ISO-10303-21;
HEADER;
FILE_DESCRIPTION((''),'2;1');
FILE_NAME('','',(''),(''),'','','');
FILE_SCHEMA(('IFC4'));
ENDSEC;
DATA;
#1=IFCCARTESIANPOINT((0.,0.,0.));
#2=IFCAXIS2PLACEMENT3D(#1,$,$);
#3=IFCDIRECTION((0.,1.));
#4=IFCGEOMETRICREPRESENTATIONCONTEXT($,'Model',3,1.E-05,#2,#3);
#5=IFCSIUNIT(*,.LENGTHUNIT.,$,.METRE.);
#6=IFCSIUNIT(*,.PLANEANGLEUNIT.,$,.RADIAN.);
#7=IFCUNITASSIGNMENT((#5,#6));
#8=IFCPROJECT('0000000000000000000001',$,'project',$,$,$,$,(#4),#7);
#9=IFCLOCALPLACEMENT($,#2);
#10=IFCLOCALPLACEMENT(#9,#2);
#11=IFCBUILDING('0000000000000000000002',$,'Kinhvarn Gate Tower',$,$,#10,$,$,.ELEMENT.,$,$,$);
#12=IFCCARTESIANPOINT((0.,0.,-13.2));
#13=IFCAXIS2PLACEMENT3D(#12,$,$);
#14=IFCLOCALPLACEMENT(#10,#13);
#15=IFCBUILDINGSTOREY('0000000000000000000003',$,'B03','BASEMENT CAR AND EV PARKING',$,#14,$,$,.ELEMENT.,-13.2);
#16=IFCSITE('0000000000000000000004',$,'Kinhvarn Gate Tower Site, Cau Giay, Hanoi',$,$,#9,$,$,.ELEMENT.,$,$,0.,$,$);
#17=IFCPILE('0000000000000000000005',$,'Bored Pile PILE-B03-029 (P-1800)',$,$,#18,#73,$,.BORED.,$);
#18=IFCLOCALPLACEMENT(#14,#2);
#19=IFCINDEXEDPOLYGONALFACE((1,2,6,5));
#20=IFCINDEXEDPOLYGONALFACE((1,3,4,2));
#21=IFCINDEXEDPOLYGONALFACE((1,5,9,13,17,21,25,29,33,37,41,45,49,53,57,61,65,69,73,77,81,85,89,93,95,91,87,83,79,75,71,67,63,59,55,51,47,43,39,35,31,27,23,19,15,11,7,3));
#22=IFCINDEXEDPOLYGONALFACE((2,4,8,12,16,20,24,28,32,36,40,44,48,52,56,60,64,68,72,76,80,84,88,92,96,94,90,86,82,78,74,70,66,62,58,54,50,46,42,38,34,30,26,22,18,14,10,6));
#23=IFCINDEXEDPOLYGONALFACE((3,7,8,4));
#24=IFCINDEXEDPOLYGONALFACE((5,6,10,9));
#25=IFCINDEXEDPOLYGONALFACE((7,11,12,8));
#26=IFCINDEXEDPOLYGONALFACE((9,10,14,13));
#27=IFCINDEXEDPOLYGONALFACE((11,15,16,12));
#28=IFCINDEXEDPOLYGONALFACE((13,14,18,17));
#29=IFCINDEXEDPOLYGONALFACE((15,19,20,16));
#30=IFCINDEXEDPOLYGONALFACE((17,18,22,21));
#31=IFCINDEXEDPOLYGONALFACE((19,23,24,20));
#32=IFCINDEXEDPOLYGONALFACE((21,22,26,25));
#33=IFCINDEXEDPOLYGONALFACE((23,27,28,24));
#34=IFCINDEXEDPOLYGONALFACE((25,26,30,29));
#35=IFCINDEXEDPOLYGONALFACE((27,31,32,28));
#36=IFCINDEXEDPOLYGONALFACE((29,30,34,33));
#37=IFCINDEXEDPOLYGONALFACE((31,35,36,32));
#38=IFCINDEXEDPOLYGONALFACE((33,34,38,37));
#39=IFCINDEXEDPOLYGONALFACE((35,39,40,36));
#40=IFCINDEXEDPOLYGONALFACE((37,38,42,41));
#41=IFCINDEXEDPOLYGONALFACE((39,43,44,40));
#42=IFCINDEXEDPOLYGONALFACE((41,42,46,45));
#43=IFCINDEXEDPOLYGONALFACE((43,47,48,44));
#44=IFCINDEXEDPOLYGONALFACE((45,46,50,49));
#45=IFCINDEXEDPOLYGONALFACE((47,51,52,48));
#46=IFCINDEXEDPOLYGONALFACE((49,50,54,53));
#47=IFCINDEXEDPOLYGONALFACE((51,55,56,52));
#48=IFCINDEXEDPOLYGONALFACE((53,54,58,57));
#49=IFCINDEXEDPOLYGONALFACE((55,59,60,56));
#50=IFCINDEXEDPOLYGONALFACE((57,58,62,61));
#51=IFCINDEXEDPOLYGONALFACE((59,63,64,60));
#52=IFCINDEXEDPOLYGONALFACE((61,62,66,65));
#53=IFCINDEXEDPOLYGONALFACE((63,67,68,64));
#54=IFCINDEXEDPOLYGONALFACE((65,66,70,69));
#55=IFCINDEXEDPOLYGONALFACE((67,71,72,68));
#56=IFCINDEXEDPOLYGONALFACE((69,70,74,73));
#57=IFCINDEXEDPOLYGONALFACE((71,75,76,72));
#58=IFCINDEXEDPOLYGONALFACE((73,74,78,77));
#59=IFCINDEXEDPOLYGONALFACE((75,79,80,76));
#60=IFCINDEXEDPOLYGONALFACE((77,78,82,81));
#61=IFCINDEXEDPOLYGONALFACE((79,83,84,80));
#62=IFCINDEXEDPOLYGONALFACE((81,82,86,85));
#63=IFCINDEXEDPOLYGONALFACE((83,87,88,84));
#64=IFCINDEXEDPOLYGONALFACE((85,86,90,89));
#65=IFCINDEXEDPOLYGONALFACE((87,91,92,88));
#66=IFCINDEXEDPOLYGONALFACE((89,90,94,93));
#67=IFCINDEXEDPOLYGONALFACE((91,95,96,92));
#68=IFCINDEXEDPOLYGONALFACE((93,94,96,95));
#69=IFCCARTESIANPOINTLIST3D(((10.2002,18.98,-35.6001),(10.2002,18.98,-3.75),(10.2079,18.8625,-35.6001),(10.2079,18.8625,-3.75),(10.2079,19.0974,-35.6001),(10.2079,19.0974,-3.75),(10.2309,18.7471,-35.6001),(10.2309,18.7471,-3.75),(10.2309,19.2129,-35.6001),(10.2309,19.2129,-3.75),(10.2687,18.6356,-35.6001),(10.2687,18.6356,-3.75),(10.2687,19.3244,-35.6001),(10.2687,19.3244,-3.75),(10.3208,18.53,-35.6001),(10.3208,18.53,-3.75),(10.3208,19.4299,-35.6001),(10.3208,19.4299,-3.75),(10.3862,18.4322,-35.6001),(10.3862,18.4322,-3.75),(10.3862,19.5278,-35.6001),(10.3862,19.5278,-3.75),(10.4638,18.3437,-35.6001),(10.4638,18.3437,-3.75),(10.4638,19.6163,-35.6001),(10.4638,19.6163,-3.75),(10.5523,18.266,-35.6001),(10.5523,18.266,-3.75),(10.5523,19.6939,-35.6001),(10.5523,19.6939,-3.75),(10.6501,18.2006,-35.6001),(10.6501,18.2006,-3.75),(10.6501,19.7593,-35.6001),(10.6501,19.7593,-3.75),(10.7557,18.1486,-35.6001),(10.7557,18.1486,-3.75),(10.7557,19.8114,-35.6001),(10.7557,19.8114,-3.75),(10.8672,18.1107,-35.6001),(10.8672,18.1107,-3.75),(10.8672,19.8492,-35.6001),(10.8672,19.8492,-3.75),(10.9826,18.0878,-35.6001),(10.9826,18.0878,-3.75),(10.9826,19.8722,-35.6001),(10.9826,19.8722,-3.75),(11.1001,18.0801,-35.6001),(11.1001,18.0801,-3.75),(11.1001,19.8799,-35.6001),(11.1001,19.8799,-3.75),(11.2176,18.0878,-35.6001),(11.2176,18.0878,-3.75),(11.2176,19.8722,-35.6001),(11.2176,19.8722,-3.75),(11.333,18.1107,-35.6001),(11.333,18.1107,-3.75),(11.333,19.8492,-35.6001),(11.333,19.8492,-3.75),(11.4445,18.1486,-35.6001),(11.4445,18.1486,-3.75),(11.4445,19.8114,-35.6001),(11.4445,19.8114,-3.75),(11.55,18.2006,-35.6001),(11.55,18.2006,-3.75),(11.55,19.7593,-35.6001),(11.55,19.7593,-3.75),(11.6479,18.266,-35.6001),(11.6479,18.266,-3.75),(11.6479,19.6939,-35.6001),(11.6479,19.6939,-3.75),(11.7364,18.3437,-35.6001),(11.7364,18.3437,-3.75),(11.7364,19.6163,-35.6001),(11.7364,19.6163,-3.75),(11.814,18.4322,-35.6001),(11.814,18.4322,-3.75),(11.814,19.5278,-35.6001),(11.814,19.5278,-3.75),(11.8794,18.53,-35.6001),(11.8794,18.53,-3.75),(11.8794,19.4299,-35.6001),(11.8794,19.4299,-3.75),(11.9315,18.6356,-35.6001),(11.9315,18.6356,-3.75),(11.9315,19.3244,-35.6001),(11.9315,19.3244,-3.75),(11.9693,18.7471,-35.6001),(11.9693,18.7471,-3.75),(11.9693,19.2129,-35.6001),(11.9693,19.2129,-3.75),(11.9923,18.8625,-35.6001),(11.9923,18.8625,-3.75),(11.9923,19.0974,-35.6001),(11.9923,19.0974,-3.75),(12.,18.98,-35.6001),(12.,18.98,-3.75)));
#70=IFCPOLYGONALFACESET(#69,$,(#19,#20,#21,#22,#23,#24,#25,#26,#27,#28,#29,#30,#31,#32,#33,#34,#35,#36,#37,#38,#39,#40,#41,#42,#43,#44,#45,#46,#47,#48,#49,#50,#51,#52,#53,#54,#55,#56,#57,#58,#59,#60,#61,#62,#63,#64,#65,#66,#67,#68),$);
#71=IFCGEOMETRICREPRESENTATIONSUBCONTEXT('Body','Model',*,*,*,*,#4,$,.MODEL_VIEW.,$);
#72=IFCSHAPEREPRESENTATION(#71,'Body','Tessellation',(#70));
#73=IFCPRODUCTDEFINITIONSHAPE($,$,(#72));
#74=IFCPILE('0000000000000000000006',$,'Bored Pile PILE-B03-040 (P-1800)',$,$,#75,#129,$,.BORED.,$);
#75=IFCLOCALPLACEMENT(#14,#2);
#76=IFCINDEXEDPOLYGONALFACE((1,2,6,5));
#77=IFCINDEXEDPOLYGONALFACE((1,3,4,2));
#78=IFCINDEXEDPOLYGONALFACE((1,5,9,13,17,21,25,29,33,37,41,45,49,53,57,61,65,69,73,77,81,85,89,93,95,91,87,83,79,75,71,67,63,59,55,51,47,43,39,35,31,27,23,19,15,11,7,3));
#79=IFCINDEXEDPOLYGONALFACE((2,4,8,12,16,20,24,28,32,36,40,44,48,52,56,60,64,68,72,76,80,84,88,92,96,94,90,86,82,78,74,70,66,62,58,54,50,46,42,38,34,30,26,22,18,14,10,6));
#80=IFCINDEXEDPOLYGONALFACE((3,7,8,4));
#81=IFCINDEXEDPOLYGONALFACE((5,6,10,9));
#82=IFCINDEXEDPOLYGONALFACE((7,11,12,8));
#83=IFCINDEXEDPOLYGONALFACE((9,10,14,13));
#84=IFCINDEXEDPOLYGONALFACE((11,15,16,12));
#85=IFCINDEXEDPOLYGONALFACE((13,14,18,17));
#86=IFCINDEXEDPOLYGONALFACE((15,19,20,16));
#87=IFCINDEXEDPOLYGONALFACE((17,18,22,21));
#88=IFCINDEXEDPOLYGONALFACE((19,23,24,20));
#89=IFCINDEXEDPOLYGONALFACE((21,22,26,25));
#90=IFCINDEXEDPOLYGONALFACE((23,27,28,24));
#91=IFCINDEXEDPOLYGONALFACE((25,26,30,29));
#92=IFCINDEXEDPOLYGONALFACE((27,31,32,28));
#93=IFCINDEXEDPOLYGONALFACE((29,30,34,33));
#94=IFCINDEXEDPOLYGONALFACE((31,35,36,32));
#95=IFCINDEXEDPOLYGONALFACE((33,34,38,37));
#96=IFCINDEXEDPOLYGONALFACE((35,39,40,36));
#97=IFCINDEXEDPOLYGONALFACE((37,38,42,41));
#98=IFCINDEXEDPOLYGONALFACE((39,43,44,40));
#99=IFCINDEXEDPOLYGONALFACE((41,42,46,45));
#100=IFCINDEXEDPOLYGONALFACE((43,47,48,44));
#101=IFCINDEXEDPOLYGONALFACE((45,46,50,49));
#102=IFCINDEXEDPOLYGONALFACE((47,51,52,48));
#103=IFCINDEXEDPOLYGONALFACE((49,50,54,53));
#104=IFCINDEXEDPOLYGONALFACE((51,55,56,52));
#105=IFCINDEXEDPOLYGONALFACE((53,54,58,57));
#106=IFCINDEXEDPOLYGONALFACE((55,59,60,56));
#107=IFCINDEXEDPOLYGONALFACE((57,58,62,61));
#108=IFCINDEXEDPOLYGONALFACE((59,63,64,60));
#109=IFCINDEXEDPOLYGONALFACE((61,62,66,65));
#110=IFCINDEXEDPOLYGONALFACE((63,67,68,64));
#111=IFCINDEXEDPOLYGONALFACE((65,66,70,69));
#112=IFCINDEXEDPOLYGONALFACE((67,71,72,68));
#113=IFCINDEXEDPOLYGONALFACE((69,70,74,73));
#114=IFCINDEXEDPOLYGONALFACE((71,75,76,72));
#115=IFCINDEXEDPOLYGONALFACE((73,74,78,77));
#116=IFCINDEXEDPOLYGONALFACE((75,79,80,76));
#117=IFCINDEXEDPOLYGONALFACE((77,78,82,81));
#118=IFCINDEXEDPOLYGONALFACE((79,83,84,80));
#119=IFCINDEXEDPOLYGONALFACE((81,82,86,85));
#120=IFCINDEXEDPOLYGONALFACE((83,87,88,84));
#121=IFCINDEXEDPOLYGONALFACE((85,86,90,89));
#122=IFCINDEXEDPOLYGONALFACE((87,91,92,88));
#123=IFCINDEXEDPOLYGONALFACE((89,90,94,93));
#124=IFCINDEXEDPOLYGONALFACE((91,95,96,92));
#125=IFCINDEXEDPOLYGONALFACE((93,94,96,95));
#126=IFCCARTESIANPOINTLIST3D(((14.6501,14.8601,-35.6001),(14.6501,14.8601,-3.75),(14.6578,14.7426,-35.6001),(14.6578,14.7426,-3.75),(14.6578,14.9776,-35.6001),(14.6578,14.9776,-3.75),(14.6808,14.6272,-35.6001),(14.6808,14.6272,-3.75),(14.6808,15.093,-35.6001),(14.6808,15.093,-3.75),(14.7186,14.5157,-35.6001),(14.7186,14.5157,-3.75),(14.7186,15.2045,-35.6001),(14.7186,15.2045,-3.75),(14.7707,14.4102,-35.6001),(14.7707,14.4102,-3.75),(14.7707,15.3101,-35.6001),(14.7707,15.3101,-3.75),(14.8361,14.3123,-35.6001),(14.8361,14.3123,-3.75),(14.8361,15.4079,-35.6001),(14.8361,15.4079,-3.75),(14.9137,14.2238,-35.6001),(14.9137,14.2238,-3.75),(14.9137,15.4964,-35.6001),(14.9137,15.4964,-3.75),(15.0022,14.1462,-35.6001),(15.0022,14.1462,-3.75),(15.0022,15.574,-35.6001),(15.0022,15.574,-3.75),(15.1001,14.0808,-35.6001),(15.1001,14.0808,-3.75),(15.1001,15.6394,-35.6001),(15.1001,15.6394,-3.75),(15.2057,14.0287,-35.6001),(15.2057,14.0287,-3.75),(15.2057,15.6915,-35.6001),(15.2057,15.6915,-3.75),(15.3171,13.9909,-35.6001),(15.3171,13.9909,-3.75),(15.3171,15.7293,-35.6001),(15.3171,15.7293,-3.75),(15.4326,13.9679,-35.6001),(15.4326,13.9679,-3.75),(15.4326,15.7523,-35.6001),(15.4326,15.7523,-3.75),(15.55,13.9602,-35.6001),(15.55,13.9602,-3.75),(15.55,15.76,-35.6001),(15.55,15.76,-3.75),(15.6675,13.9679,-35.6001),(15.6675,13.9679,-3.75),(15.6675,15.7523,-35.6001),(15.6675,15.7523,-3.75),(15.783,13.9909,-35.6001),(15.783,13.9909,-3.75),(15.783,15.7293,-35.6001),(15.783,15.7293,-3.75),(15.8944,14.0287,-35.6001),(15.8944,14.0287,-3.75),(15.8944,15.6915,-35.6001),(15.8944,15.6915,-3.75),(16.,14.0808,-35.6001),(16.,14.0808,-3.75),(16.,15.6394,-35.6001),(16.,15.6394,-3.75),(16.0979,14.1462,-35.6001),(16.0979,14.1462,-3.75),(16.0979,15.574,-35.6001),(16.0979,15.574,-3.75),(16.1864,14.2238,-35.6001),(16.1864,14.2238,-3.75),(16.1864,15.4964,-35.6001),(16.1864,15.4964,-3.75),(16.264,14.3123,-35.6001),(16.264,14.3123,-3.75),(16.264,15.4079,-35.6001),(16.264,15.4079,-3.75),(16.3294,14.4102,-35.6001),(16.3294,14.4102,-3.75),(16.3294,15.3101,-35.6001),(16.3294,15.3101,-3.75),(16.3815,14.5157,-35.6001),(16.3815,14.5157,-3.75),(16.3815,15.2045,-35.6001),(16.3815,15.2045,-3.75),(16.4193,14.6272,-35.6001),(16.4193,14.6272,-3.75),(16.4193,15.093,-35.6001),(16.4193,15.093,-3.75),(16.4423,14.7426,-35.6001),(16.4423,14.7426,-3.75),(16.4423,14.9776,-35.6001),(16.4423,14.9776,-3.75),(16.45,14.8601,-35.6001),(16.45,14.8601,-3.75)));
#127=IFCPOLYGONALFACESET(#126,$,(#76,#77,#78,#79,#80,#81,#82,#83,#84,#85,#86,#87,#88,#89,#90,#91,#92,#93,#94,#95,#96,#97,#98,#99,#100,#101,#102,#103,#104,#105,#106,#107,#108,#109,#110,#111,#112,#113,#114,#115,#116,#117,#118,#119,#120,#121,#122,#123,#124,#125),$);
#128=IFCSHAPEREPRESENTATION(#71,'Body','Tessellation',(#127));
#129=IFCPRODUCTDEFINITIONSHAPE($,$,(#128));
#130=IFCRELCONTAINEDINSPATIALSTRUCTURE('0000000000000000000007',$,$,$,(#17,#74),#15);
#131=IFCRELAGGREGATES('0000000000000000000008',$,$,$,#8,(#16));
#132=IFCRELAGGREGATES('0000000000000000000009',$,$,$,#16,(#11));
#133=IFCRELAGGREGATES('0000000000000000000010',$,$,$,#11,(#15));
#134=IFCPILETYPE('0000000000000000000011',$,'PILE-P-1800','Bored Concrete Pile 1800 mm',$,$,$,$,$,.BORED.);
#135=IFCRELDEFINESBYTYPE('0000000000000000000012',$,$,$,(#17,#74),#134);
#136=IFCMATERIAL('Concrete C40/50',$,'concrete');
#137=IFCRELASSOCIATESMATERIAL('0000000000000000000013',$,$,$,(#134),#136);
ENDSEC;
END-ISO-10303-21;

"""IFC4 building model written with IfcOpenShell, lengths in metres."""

from ifc_helpers import new_model, si_unit, direction, frame, origin, origin_2d, place, context, subcontext, project, spatial, circle, extrude, material, material_profile, profile_set, type_object, element, save


model = new_model("IFC4")

# Units and contexts
model_context = context("Model", 3, precision=1e-05, world=origin(), true_north=direction((0.0, 1.0)))
body_context = subcontext(model_context, "Body", "Model", "MODEL_VIEW")
ifc_project = project(units=[si_unit("LENGTHUNIT", "METRE"), si_unit("PLANEANGLEUNIT", "RADIAN")], contexts=[model_context])

# Site, building, storey
site_placement = place(None, origin())
site = spatial("IfcSite", under=ifc_project, at=site_placement, Name="Kinhvarn Gate Tower Site, Cau Giay, Hanoi", CompositionType="ELEMENT", RefElevation=0.0)
building_placement = place(site_placement, origin())
building = spatial("IfcBuilding", under=site, at=building_placement, Name="Kinhvarn Gate Tower", CompositionType="ELEMENT")
storey_placement = place(building_placement, frame((0.0, 0.0, -13.2)))
storey = spatial("IfcBuildingStorey", under=building, at=storey_placement, Name="B03", Description="BASEMENT CAR AND EV PARKING", CompositionType="ELEMENT", Elevation=-13.2)

# Piles
ifc_material = material(Name="Concrete C40/50", Category="concrete")
ifc_material_profile_1 = material_profile(ifc_material, circle(Radius=0.8999, at=origin_2d()), Name="PILE D1800")
ifc_profile_set_1 = profile_set([ifc_material_profile_1], Name="Concrete C40/50")
pile_type_1 = type_object("IfcPileType", Name="PILE-P-1800", Description="Bored Concrete Pile 1800 mm", PredefinedType="BORED", material=ifc_profile_set_1)
for number, where, z_axis, x_axis, name in (
    (1, (11.1001, 18.98, -35.6001), (0.0, 0.0, 1.0), (1.0, 0.0, 0.0), "Bored Pile PILE-B03-029 (P-1800)"),
    (2, (15.55, 14.8601, -35.6001), (0.0, 0.0, 1.0), (1.0, 0.0, 0.0), "Bored Pile PILE-B03-040 (P-1800)"),
):
    element("IfcPile", number, at=place(storey_placement, frame(where, z_axis=z_axis, x_axis=x_axis)), inside=storey, type_object=pile_type_1, Name=name, PredefinedType="BORED", context=body_context, shape_type="SweptSolid", body=[
        extrude(circle(Radius=0.8999, at=origin_2d()), origin(), (0.0, 0.0, 1.0), 31.8501),
    ])

save(model, "model.ifc")
